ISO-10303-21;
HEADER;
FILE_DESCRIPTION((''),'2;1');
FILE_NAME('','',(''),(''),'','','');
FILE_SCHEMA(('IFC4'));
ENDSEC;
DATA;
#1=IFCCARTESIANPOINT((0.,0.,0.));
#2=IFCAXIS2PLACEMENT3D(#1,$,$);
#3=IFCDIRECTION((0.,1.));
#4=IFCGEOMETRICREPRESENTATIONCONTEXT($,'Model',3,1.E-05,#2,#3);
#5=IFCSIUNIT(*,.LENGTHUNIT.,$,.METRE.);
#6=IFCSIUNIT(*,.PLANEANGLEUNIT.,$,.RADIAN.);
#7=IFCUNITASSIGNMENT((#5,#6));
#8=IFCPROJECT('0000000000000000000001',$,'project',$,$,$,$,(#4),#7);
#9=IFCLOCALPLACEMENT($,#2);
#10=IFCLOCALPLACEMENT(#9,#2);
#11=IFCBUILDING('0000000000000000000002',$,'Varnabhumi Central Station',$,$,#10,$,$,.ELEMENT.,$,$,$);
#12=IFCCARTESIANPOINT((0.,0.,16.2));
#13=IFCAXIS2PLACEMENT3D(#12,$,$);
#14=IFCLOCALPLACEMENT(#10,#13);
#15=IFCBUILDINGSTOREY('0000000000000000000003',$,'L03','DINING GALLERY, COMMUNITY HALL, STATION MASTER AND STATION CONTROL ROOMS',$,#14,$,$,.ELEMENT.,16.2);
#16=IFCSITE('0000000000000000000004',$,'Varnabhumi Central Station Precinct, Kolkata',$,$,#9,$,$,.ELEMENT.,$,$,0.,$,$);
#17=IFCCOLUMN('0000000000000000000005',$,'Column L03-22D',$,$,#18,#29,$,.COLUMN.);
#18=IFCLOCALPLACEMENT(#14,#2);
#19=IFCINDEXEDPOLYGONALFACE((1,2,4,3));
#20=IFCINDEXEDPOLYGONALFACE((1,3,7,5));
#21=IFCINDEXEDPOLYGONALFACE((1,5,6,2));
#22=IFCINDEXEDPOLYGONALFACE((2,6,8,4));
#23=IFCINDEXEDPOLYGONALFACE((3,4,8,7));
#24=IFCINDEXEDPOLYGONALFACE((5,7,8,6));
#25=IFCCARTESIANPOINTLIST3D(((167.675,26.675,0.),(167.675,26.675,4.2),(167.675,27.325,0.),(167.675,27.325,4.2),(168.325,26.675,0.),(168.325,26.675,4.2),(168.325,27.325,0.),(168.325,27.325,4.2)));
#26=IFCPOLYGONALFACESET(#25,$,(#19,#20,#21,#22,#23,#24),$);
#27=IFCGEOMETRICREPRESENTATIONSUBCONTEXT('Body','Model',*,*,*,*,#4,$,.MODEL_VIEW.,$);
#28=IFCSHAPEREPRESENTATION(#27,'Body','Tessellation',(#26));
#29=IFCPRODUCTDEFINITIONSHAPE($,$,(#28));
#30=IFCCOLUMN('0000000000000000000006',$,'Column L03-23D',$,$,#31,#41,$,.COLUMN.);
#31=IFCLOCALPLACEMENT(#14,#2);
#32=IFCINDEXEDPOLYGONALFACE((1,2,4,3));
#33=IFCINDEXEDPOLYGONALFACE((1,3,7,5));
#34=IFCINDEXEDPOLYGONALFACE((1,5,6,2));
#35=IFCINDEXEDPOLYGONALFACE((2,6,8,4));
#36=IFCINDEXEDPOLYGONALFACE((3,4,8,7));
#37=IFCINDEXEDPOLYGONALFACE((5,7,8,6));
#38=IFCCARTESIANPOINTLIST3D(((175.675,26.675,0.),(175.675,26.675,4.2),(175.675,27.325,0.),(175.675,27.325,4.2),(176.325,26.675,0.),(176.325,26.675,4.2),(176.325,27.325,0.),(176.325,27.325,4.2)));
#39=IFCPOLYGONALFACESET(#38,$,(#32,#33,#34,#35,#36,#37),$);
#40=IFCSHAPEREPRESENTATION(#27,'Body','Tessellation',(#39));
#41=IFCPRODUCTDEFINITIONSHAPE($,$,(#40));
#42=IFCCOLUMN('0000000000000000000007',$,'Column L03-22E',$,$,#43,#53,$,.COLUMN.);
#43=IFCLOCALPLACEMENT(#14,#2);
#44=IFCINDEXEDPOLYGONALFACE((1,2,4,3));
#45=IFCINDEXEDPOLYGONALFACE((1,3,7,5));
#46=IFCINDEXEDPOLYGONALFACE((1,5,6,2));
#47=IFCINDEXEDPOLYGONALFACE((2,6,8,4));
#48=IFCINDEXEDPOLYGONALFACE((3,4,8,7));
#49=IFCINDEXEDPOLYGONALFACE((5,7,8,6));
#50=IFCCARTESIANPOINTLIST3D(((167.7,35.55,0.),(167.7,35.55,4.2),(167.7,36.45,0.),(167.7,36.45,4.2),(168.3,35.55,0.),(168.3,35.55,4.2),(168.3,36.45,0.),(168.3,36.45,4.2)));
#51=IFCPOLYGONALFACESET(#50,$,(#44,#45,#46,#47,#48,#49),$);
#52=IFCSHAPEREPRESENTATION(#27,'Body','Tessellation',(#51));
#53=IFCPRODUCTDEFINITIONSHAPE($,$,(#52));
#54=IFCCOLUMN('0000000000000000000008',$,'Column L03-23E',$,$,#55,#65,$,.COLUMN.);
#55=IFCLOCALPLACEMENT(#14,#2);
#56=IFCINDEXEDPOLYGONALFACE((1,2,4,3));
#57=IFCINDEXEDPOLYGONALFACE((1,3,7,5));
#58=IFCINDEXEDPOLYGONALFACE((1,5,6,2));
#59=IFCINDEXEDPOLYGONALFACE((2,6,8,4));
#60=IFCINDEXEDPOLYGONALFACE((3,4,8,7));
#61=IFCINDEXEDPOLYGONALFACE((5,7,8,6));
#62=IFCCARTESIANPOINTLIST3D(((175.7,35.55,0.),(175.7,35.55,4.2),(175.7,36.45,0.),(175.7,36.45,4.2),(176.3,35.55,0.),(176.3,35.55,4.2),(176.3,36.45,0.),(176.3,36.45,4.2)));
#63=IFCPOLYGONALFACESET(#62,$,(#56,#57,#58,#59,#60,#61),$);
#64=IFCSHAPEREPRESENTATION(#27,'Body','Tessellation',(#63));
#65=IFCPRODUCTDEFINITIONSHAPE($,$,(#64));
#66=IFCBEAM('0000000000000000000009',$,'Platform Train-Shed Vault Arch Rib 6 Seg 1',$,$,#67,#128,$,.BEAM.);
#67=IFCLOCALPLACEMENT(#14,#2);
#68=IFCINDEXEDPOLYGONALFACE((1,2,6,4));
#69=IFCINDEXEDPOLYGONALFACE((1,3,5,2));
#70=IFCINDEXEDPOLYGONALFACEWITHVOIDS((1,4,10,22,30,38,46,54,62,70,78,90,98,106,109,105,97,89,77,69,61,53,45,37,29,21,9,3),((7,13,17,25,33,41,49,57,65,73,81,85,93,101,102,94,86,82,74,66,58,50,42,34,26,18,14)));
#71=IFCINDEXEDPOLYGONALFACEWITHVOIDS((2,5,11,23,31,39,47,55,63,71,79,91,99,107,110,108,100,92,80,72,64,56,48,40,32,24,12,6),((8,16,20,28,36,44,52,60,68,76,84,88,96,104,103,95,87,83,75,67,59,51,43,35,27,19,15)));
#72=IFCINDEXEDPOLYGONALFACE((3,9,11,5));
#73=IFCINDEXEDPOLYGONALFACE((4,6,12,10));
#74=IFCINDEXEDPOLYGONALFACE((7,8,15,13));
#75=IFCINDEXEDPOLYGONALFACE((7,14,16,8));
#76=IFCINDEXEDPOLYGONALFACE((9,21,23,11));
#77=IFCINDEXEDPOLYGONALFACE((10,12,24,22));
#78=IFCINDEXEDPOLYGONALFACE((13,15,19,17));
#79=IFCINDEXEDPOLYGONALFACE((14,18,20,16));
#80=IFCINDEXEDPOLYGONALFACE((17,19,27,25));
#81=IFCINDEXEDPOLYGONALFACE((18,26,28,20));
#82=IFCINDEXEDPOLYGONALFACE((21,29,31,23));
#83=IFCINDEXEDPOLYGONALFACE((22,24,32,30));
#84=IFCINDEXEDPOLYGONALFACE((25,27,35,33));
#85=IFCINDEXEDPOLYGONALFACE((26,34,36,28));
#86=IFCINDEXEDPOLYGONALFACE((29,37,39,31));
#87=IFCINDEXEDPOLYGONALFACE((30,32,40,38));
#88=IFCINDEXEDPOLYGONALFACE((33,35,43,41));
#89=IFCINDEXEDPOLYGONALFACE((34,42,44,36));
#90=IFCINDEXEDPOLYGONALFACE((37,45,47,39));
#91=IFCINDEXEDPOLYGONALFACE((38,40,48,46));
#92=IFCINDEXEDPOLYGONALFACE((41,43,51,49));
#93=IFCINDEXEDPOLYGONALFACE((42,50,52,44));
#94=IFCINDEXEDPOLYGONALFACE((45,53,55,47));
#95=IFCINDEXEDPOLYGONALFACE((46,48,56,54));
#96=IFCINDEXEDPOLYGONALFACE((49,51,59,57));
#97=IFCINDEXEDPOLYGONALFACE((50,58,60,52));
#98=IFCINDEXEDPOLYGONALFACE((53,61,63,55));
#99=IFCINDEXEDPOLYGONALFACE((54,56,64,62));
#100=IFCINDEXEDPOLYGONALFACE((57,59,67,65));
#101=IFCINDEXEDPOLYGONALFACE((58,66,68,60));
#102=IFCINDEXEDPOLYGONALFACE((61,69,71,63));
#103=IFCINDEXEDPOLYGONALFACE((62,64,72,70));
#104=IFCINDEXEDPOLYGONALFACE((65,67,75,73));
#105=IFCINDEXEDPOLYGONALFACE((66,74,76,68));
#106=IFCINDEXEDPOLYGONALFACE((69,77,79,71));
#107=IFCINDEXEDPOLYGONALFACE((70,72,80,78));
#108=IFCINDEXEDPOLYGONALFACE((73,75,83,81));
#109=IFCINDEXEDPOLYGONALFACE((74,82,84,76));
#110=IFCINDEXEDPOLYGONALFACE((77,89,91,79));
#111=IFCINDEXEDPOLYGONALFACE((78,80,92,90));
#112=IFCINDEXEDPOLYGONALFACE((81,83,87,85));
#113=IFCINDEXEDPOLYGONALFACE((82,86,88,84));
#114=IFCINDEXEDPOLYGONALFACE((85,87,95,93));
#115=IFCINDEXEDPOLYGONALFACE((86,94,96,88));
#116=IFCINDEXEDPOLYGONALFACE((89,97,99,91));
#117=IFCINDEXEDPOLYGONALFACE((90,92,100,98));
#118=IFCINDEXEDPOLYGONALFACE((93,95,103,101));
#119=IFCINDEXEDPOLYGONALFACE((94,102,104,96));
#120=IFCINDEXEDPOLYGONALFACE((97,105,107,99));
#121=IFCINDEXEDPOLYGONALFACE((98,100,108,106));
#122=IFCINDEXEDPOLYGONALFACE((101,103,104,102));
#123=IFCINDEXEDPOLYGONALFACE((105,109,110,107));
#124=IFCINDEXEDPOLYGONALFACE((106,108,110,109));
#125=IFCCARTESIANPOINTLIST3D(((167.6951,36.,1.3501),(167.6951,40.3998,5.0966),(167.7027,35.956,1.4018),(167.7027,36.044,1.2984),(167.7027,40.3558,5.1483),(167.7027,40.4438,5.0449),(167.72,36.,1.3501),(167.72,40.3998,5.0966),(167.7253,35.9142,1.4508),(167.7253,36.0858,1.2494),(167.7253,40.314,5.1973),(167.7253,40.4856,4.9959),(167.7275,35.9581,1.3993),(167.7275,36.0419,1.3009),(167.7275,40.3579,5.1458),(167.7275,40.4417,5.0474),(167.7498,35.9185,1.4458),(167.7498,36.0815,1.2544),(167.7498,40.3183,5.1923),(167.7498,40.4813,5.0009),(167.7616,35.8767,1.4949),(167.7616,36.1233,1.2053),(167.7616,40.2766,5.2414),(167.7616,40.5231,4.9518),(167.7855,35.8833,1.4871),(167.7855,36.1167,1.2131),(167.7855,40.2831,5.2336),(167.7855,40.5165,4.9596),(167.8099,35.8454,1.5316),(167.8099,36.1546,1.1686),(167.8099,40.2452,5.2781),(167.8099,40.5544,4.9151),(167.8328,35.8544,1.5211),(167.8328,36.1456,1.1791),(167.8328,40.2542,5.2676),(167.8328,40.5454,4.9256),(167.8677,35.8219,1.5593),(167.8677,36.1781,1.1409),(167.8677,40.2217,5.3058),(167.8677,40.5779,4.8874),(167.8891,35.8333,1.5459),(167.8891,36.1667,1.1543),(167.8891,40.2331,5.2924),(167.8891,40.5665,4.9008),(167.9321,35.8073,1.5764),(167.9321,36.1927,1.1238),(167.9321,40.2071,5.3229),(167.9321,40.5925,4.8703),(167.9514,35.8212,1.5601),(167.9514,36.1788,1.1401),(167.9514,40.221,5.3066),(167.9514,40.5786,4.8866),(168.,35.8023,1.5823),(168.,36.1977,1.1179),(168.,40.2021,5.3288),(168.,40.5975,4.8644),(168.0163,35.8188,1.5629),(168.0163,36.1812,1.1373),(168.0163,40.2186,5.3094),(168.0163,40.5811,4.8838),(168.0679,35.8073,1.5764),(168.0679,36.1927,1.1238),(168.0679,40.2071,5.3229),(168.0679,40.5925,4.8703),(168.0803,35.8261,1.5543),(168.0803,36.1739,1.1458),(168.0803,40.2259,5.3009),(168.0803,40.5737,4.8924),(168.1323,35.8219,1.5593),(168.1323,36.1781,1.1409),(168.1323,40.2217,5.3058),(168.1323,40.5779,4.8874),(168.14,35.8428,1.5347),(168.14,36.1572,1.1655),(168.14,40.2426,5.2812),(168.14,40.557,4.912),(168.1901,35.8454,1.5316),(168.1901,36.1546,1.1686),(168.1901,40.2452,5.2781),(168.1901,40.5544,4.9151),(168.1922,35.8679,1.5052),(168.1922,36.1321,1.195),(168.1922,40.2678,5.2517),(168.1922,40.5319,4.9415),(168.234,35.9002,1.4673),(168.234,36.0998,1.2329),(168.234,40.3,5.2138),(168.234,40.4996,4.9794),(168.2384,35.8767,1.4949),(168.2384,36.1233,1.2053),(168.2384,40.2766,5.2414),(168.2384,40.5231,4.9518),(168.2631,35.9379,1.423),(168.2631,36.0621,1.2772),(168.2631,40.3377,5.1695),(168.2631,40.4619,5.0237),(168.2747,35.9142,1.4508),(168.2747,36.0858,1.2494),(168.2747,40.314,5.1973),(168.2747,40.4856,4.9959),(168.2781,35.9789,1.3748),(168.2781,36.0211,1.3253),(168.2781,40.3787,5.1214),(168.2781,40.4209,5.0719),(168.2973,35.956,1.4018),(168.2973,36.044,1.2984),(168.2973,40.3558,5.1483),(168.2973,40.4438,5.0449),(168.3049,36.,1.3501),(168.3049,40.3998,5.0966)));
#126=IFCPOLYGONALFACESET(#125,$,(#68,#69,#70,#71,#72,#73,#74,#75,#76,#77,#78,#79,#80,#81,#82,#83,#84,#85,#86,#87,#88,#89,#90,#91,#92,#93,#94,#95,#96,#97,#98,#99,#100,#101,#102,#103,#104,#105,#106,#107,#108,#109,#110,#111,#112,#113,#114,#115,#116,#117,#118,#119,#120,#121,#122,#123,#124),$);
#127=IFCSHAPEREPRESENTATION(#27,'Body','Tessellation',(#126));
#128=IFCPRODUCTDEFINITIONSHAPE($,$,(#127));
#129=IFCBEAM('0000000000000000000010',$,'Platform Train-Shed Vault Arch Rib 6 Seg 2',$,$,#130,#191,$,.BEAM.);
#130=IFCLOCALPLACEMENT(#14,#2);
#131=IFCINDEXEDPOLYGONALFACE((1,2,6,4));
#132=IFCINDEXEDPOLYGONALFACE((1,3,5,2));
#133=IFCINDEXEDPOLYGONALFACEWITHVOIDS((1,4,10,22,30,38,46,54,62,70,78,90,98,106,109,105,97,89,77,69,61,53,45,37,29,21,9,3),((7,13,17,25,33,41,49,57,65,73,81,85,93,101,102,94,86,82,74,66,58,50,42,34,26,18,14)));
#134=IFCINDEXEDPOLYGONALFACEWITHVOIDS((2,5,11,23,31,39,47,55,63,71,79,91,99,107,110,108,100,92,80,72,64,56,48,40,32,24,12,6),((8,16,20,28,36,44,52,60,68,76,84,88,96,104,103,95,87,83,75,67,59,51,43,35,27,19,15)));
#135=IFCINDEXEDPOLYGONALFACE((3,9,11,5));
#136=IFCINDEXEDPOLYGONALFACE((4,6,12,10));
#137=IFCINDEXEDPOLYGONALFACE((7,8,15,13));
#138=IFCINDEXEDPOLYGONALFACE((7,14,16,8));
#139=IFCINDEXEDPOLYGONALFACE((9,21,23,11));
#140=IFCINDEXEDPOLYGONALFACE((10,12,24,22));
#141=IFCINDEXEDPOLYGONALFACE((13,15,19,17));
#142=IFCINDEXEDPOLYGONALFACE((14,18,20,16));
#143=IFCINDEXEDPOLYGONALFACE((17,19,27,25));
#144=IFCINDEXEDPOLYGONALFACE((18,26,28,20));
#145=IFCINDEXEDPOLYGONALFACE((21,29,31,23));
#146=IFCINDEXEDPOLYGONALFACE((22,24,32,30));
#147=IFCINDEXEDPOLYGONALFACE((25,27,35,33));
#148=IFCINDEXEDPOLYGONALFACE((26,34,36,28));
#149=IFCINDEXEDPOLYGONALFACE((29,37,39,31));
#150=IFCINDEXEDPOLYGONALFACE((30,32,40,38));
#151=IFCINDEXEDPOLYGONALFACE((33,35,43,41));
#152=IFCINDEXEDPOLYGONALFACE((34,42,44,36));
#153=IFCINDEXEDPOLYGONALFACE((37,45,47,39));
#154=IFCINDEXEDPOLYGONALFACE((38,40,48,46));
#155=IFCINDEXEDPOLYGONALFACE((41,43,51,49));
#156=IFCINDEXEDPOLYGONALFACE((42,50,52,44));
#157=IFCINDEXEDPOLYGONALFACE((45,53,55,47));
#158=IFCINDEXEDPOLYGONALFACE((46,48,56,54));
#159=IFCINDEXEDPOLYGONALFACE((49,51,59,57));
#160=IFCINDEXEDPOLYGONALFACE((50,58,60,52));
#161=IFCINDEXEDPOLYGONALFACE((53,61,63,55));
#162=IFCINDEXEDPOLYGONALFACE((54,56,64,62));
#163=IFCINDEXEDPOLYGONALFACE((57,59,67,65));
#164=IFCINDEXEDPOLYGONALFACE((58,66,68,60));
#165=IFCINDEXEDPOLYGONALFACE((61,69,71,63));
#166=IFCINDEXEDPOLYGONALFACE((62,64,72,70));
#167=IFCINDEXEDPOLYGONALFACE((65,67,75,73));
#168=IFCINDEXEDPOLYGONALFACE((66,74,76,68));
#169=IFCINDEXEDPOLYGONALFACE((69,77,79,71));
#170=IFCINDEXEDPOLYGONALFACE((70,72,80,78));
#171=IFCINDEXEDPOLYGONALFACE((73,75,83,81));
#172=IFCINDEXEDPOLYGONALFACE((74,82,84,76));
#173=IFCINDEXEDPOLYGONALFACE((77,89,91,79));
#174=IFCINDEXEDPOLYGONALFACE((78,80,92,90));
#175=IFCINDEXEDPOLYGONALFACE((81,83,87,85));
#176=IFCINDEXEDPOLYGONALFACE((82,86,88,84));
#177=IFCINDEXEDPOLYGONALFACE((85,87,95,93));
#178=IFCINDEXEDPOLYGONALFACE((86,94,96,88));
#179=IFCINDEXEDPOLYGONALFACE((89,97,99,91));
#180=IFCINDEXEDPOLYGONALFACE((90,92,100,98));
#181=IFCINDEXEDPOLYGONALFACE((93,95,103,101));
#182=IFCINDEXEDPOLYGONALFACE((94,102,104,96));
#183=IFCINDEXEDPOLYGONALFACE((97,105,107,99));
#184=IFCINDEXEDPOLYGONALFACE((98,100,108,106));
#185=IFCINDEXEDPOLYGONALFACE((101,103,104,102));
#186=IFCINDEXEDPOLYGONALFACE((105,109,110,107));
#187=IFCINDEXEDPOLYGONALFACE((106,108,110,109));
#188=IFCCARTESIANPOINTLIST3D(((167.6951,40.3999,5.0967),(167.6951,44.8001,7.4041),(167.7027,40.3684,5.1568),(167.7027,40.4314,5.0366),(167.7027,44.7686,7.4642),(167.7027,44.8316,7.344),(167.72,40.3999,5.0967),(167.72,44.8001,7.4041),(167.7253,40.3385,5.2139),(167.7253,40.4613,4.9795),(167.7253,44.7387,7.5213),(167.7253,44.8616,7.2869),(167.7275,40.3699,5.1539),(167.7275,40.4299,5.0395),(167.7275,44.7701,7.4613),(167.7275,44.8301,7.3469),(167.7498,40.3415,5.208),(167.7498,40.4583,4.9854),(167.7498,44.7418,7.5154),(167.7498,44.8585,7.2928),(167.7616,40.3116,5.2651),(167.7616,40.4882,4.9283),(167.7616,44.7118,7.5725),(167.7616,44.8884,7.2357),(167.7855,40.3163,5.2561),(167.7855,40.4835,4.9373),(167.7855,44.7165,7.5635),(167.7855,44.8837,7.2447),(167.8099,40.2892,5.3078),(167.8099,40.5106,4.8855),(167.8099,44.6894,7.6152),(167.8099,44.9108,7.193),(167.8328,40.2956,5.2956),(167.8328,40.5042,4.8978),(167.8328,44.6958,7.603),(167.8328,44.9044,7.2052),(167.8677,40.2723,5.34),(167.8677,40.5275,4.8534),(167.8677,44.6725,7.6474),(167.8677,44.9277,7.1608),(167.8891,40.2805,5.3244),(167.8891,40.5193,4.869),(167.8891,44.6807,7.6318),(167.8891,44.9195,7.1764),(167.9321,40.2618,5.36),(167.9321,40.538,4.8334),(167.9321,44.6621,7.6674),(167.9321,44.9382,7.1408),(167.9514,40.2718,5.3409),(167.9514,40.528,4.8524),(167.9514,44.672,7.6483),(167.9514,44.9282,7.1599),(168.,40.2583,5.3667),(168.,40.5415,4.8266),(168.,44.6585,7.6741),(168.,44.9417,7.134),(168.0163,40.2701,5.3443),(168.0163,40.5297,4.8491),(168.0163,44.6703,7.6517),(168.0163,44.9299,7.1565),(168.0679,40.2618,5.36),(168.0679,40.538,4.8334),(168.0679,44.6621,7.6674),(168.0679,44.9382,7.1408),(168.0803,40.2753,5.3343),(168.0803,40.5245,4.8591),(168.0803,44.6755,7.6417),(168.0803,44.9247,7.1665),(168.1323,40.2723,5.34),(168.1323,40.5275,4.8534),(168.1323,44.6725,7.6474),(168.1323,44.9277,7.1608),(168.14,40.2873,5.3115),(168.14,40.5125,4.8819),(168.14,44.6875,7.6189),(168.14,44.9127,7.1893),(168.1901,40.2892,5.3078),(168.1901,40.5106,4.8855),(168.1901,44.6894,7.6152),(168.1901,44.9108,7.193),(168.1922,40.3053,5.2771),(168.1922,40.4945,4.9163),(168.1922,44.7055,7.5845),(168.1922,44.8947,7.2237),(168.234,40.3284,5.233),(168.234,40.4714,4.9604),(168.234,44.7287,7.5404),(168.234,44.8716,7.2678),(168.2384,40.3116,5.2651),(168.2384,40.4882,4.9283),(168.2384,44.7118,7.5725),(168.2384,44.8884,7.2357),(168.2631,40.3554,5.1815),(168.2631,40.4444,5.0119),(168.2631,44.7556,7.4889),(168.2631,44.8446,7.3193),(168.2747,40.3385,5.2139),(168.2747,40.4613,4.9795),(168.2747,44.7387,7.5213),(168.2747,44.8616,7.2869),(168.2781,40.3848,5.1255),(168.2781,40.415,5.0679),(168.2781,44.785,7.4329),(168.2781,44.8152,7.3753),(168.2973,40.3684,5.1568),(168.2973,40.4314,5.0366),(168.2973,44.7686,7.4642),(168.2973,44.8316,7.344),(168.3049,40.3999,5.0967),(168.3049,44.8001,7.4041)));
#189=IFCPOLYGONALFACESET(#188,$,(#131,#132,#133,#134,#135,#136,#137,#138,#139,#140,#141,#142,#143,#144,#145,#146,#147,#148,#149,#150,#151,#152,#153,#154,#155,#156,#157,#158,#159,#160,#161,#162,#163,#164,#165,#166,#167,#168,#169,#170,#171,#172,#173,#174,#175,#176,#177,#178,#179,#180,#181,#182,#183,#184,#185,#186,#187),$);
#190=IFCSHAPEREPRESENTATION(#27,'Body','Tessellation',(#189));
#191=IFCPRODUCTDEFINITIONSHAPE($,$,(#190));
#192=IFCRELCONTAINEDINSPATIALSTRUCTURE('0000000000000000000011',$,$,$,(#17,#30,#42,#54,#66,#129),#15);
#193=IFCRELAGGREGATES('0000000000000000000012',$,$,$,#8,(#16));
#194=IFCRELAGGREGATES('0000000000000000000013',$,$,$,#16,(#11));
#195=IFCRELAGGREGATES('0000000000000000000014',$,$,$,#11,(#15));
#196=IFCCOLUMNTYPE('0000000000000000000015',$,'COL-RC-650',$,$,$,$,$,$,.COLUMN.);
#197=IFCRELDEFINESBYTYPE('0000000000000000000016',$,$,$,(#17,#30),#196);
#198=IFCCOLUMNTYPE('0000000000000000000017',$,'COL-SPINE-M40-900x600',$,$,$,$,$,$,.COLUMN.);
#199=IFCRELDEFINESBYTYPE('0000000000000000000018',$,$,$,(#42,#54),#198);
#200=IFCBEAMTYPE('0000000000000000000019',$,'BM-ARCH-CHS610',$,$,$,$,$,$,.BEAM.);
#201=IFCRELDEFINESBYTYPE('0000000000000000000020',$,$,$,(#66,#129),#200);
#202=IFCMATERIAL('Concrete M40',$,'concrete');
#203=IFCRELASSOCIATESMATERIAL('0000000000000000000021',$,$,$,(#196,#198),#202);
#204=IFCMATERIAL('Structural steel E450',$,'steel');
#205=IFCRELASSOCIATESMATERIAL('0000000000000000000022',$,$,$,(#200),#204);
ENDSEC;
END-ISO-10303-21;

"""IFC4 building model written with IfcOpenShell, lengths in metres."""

from ifc_helpers import new_model, si_unit, direction, frame, origin, origin_2d, place, context, subcontext, project, spatial, rectangle, hollow_circle, extrude, material, material_profile, profile_set, type_object, element, save


model = new_model("IFC4")

# Units and contexts
model_context = context("Model", 3, precision=1e-05, world=origin(), true_north=direction((0.0, 1.0)))
body_context = subcontext(model_context, "Body", "Model", "MODEL_VIEW")
ifc_project = project(units=[si_unit("LENGTHUNIT", "METRE"), si_unit("PLANEANGLEUNIT", "RADIAN")], contexts=[model_context])

# Site, building, storey
site_placement = place(None, origin())
site = spatial("IfcSite", under=ifc_project, at=site_placement, Name="Varnabhumi Central Station Precinct, Kolkata", CompositionType="ELEMENT", RefElevation=0.0)
building_placement = place(site_placement, origin())
building = spatial("IfcBuilding", under=site, at=building_placement, Name="Varnabhumi Central Station", CompositionType="ELEMENT")
storey_placement = place(building_placement, frame((0.0, 0.0, 16.2)))
storey = spatial("IfcBuildingStorey", under=building, at=storey_placement, Name="L03", Description="DINING GALLERY, COMMUNITY HALL, STATION MASTER AND STATION CONTROL ROOMS", CompositionType="ELEMENT", Elevation=16.2)

# Columns
ifc_material_1 = material(Name="Concrete M40", Category="concrete")
ifc_material_profile_1 = material_profile(ifc_material_1, rectangle(XDim=0.6499, YDim=0.6499, at=origin_2d()), Name="Concrete M40", Category="concrete")
ifc_profile_set_1 = profile_set([ifc_material_profile_1], Name="Concrete M40")
column_type_1 = type_object("IfcColumnType", Name="COL-RC-650", PredefinedType="COLUMN", material=ifc_profile_set_1)
for number, where, z_axis, x_axis, name in (
    (1, (168.0, 27.0, 0.0), (0.0, 0.0, 1.0), (1.0, 0.0, 0.0), "Column L03-22D"),
    (2, (176.0, 27.0, 0.0), (0.0, 0.0, 1.0), (1.0, 0.0, 0.0), "Column L03-23D"),
):
    element("IfcColumn", number, at=place(storey_placement, frame(where, z_axis=z_axis, x_axis=x_axis)), inside=storey, type_object=column_type_1, Name=name, PredefinedType="COLUMN", context=body_context, shape_type="SweptSolid", body=[
        extrude(rectangle(XDim=0.6499, YDim=0.6499, at=origin_2d()), origin(), (0.0, 0.0, 1.0), 4.2),
    ])
ifc_material_profile_2 = material_profile(ifc_material_1, rectangle(XDim=0.6001, YDim=0.8999, at=origin_2d()), Name="Concrete M40", Category="concrete")
ifc_profile_set_2 = profile_set([ifc_material_profile_2], Name="Concrete M40")
column_type_2 = type_object("IfcColumnType", Name="COL-SPINE-M40-900x600", PredefinedType="COLUMN", material=ifc_profile_set_2)
for number, where, z_axis, x_axis, name in (
    (3, (168.0, 36.0, 0.0), (0.0, 0.0, 1.0), (1.0, 0.0, 0.0), "Column L03-22E"),
    (4, (176.0, 36.0, 0.0), (0.0, 0.0, 1.0), (1.0, 0.0, 0.0), "Column L03-23E"),
):
    element("IfcColumn", number, at=place(storey_placement, frame(where, z_axis=z_axis, x_axis=x_axis)), inside=storey, type_object=column_type_2, Name=name, PredefinedType="COLUMN", context=body_context, shape_type="SweptSolid", body=[
        extrude(rectangle(XDim=0.6001, YDim=0.8999, at=origin_2d()), origin(), (0.0, 0.0, 1.0), 4.2),
    ])

# Beams
ifc_material_2 = material(Name="Structural steel E450", Category="steel")
ifc_material_profile_3 = material_profile(ifc_material_2, hollow_circle(Radius=0.3049, WallThickness=0.0249, at=origin_2d()), Name="Structural steel E450", Category="steel")
ifc_profile_set_3 = profile_set([ifc_material_profile_3], Name="Structural steel E450")
beam_type_1 = type_object("IfcBeamType", Name="BM-ARCH-CHS610", PredefinedType="BEAM", material=ifc_profile_set_3)
beam_1_placement = place(storey_placement, frame((168.0, 36.0, 1.3501), z_axis=(0.0, 0.76137, 0.648318), x_axis=(-1.0, 0.0, 0.0)))
element("IfcBeam", 5, at=beam_1_placement, inside=storey, type_object=beam_type_1, Name="Platform Train-Shed Vault Arch Rib 6 Seg 1", PredefinedType="BEAM", context=body_context, shape_type="SweptSolid", body=[
    extrude(hollow_circle(Radius=0.3049, WallThickness=0.0249, at=origin_2d()), origin(), (0.0, 0.0, 1.0), 5.7788),
])
beam_2_placement = place(storey_placement, frame((168.0, 40.3999, 5.0967), z_axis=(0.0, 0.885622, 0.464407), x_axis=(-1.0, 0.0, 0.0)))
element("IfcBeam", 6, at=beam_2_placement, inside=storey, type_object=beam_type_1, Name="Platform Train-Shed Vault Arch Rib 6 Seg 2", PredefinedType="BEAM", context=body_context, shape_type="SweptSolid", body=[
    extrude(hollow_circle(Radius=0.3049, WallThickness=0.0249, at=origin_2d()), origin(), (0.0, 0.0, 1.0), 4.9685),
])

save(model, "model.ifc")
